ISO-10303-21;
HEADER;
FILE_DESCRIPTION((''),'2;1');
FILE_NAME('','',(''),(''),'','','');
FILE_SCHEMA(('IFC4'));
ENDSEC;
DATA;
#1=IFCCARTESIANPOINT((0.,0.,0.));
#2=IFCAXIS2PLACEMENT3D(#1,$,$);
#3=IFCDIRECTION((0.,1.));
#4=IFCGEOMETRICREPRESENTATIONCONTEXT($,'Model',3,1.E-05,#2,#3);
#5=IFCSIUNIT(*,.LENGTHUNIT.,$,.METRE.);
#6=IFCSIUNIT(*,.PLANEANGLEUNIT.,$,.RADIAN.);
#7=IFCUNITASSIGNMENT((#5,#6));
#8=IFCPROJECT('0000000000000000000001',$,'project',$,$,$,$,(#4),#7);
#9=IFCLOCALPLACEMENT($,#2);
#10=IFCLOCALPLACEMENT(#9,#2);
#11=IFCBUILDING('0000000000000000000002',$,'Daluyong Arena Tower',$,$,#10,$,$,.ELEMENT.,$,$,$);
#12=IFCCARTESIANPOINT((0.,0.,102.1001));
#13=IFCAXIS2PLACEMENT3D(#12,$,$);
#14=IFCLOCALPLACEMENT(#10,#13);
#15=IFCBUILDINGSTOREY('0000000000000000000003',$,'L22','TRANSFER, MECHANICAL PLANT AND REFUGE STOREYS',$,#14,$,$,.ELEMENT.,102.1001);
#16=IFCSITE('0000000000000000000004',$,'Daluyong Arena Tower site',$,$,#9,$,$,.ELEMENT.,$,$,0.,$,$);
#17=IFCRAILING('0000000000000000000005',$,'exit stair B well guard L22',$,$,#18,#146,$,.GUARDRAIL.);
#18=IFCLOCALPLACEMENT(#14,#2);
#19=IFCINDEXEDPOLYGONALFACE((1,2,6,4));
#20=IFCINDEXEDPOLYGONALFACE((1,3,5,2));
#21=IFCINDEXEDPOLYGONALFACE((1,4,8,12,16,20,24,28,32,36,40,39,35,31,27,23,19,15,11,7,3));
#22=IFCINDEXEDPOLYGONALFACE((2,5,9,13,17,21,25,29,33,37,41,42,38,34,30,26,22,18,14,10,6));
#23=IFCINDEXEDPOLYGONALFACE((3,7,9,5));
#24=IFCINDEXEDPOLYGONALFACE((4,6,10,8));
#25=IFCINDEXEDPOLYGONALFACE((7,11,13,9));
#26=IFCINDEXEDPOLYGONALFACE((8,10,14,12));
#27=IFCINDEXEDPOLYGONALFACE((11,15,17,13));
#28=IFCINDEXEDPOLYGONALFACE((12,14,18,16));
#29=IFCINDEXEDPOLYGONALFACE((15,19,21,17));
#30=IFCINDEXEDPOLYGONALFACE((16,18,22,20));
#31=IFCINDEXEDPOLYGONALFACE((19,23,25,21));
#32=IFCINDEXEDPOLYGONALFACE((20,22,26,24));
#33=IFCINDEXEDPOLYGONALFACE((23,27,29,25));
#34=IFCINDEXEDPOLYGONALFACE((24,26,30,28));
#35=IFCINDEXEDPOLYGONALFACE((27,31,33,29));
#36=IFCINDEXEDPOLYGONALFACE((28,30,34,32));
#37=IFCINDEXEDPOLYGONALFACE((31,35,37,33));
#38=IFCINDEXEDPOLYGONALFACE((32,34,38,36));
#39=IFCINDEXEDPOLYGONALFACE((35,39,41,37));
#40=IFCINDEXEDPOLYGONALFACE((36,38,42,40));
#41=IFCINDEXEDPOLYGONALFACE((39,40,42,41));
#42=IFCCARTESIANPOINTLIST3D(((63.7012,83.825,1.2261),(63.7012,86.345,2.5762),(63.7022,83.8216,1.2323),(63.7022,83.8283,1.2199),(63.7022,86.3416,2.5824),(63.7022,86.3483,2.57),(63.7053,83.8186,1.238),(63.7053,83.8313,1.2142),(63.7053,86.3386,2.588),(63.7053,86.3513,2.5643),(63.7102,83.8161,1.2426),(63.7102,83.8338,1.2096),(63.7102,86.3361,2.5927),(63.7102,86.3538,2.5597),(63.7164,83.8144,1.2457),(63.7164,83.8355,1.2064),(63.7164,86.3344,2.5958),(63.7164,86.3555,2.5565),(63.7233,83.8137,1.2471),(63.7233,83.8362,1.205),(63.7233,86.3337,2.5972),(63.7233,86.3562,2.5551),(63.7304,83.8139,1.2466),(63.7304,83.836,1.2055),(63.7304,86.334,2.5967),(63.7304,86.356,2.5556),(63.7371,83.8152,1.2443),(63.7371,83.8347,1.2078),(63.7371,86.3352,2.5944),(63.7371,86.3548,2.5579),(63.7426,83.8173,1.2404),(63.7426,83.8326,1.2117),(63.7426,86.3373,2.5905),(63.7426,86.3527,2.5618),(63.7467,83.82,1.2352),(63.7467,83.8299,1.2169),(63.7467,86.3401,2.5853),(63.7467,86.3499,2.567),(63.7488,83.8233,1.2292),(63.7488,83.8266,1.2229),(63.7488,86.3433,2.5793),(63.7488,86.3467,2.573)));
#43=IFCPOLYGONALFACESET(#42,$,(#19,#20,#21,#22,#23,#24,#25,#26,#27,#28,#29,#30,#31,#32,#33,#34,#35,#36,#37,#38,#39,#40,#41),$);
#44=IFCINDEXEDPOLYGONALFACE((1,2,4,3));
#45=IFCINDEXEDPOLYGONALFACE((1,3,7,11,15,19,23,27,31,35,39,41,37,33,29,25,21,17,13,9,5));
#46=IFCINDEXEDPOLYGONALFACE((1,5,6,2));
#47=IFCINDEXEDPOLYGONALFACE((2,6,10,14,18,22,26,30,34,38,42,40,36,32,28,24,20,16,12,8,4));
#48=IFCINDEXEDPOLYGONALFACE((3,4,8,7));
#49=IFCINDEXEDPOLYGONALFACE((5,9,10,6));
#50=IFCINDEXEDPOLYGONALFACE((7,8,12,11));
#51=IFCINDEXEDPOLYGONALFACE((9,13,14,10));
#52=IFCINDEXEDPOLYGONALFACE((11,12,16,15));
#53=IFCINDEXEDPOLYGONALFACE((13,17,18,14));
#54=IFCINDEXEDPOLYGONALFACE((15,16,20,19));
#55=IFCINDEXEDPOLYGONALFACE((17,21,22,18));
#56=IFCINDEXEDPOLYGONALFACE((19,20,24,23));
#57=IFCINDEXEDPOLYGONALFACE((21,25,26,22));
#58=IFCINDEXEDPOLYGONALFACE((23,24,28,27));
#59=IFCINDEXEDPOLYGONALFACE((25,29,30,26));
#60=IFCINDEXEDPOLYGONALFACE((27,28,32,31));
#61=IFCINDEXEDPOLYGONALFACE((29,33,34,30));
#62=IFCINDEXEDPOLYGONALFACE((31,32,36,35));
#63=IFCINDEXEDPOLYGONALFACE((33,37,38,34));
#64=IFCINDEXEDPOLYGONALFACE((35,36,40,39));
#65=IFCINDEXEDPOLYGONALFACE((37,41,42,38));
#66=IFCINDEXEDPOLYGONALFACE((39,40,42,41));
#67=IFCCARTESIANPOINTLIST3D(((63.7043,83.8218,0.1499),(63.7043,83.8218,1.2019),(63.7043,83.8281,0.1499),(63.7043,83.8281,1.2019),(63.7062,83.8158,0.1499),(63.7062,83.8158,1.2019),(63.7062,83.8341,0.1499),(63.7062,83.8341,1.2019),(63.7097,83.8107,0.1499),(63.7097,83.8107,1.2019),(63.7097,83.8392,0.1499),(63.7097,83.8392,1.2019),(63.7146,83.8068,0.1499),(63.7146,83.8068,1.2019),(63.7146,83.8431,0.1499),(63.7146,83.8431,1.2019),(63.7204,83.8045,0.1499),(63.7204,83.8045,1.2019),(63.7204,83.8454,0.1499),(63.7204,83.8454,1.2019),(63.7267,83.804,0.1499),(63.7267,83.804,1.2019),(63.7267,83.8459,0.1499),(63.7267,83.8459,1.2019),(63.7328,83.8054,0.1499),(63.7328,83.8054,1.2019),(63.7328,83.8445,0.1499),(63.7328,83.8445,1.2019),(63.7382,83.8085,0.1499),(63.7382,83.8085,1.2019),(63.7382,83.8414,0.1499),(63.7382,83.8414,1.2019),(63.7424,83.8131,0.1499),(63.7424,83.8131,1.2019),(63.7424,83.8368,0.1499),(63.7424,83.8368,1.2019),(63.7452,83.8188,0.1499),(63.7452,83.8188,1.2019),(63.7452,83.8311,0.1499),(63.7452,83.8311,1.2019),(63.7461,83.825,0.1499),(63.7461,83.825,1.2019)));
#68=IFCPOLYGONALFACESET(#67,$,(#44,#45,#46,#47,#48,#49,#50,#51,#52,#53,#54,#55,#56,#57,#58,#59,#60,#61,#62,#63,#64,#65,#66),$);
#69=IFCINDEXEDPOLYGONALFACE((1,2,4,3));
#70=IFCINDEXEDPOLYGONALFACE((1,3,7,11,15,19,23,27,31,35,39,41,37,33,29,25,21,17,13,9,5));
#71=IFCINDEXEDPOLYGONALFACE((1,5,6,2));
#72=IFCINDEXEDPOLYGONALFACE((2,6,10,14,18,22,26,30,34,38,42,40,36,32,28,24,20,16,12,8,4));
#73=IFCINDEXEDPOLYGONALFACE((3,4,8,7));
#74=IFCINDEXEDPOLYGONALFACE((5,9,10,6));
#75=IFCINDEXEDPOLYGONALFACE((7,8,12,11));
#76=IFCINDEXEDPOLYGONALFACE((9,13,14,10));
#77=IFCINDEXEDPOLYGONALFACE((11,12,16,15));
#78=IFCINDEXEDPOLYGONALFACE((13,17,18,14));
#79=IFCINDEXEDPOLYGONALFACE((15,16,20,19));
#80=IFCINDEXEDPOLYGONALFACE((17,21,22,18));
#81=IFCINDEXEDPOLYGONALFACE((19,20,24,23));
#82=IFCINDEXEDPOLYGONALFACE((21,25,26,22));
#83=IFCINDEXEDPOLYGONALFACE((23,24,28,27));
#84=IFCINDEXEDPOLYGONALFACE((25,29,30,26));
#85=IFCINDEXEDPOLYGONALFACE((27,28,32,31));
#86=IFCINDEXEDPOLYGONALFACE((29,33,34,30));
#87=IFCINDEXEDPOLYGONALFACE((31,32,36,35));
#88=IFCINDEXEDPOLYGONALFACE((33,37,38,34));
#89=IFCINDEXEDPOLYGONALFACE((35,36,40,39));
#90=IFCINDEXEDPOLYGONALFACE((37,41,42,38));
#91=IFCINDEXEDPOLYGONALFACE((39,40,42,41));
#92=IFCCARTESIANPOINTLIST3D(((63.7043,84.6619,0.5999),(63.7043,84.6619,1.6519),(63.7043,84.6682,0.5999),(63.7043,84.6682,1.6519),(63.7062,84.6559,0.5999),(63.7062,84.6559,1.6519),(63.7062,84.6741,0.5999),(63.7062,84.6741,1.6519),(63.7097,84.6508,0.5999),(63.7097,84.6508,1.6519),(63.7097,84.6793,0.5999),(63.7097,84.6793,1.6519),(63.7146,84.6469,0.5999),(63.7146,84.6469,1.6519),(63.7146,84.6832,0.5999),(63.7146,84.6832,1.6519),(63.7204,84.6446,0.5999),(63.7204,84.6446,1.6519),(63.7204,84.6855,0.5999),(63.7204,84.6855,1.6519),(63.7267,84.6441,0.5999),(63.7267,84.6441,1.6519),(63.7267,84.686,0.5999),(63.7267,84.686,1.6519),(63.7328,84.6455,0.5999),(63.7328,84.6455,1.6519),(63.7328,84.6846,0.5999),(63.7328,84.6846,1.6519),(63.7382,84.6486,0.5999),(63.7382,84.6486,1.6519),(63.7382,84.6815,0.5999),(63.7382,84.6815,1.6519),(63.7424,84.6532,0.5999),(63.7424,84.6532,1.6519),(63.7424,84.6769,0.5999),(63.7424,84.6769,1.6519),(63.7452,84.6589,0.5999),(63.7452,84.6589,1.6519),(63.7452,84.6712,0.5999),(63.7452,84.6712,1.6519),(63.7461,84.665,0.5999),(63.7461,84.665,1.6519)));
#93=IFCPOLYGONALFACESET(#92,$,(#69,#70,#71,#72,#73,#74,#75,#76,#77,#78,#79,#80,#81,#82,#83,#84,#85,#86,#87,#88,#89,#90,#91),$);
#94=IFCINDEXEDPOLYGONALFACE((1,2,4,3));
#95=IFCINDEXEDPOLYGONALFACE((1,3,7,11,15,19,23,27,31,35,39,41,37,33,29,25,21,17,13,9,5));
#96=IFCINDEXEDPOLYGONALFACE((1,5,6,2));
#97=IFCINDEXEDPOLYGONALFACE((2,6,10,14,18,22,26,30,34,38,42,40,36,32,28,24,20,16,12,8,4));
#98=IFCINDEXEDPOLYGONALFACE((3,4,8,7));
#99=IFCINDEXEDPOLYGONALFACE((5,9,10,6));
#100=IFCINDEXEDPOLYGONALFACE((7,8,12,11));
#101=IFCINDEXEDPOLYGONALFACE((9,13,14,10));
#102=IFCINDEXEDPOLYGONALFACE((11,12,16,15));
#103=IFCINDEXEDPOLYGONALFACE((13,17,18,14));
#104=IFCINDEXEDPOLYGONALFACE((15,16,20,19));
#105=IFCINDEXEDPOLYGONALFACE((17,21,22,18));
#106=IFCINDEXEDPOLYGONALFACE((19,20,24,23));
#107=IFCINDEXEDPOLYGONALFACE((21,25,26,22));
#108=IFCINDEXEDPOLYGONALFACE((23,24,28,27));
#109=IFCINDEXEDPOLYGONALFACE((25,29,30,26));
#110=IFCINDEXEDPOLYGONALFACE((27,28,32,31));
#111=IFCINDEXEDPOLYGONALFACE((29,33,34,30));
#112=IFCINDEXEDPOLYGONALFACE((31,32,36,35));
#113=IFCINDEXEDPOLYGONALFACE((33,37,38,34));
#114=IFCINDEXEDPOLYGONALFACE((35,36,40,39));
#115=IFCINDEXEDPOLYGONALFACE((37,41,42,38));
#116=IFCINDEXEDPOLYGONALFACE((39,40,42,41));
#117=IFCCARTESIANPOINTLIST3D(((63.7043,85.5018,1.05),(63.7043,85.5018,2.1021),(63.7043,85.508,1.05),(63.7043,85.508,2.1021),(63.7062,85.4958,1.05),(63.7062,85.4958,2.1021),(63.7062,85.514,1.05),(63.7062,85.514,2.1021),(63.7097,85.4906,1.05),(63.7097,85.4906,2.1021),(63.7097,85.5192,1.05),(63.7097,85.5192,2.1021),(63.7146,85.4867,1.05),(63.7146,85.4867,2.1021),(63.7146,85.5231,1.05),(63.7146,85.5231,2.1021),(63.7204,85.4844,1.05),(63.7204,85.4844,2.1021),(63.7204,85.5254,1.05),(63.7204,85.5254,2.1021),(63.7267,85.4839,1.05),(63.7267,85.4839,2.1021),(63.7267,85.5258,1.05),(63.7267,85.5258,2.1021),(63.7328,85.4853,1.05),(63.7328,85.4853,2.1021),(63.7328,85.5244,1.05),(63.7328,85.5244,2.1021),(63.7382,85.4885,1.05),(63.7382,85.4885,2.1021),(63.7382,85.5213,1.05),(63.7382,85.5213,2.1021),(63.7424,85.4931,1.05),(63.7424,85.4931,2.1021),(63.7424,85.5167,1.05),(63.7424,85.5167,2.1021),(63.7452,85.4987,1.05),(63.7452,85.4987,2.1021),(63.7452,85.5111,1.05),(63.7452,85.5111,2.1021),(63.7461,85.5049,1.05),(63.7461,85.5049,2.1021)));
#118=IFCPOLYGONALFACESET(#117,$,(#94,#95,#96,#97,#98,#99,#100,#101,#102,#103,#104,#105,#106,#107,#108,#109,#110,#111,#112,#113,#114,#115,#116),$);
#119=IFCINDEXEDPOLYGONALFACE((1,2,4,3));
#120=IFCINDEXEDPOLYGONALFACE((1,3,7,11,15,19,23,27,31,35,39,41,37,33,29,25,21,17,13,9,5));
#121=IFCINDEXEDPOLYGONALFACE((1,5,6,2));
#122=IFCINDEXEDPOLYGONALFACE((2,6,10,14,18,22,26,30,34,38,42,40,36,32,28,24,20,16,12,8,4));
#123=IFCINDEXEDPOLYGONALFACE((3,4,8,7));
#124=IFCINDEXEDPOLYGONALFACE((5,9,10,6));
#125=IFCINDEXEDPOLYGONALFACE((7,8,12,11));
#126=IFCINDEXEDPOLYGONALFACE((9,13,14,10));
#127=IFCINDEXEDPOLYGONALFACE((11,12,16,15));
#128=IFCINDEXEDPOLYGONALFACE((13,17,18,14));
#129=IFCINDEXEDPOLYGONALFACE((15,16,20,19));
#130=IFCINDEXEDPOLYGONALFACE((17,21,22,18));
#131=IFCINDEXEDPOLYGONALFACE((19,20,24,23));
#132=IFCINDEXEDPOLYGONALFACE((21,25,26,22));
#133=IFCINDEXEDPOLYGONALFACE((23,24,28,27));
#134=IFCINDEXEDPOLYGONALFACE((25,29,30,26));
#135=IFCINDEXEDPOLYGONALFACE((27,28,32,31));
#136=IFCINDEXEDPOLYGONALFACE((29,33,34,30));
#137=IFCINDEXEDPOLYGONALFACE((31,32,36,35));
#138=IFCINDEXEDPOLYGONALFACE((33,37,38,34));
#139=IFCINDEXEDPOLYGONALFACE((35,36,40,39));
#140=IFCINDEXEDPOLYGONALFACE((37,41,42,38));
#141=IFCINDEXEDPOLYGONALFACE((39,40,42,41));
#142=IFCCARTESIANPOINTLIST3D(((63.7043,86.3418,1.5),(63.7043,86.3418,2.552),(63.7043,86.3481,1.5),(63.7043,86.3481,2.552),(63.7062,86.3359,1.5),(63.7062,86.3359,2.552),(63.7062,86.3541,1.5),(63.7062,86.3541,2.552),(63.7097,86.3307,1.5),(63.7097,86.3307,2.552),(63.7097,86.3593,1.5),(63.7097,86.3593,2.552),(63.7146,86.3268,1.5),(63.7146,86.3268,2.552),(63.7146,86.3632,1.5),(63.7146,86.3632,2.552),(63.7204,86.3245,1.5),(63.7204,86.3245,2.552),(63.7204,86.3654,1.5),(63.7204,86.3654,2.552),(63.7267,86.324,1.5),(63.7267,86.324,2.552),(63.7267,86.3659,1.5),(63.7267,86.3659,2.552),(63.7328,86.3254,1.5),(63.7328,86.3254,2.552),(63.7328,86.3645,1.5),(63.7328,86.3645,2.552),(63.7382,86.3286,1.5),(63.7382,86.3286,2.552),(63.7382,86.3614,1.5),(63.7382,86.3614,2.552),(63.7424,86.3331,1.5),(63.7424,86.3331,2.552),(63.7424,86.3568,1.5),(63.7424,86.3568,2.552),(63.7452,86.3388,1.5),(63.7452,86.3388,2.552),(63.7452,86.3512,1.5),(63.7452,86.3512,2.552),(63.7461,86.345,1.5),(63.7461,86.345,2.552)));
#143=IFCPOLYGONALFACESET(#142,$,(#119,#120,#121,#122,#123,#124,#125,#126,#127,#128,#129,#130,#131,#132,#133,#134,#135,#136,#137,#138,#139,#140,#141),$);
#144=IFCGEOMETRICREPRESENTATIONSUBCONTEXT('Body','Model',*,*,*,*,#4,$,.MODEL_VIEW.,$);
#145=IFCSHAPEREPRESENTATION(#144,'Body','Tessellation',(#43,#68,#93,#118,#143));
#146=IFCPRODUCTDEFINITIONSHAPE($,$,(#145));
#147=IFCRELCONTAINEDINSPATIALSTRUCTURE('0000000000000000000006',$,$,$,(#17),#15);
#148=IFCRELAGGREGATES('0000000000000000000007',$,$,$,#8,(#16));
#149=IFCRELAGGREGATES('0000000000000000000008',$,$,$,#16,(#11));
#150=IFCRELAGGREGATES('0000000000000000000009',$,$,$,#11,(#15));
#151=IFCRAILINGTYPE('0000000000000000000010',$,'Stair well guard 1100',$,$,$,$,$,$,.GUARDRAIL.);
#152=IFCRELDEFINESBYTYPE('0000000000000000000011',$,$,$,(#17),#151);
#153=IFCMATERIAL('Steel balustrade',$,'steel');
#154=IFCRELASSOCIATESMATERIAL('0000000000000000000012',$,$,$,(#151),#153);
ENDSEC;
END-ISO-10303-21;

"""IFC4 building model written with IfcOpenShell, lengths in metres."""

from ifc_helpers import new_model, si_unit, direction, frame, origin, origin_2d, place, context, subcontext, project, spatial, circle, extrude, material, type_object, element, save


model = new_model("IFC4")

# Units and contexts
model_context = context("Model", 3, precision=1e-05, world=origin(), true_north=direction((0.0, 1.0)))
body_context = subcontext(model_context, "Body", "Model", "MODEL_VIEW")
ifc_project = project(units=[si_unit("LENGTHUNIT", "METRE"), si_unit("PLANEANGLEUNIT", "RADIAN")], contexts=[model_context])

# Site, building, storey
site_placement = place(None, origin())
site = spatial("IfcSite", under=ifc_project, at=site_placement, Name="Daluyong Arena Tower site", CompositionType="ELEMENT", RefElevation=0.0)
building_placement = place(site_placement, origin())
building = spatial("IfcBuilding", under=site, at=building_placement, Name="Daluyong Arena Tower", CompositionType="ELEMENT")
storey_placement = place(building_placement, frame((0.0, 0.0, 102.1001)))
storey = spatial("IfcBuildingStorey", under=building, at=storey_placement, Name="L22", Description="TRANSFER, MECHANICAL PLANT AND REFUGE STOREYS", CompositionType="ELEMENT", Elevation=102.1001)

# Railing
ifc_material_1 = material(Name="Steel balustrade", Category="steel")
railing_type_1 = type_object("IfcRailingType", Name="Stair well guard 1100", PredefinedType="GUARDRAIL", material=ifc_material_1)
for number, where, name in (
    (1, (63.7251, 83.825, 0.1499), "exit stair B well guard L22"),
):
    element("IfcRailing", number, at=place(storey_placement, frame(where)), inside=storey, type_object=railing_type_1, Name=name, PredefinedType="GUARDRAIL", context=body_context, shape_type="SweptSolid", body=[
        extrude(circle(Radius=0.0239, at=origin_2d()), frame((0.0, 0.0, 1.0762), z_axis=(0.0, 0.881467, 0.472245), x_axis=(-1.0, 0.0, 0.0)), (0.0, 0.0, 1.0), 2.8589),
        extrude(circle(Radius=0.021, at=origin_2d()), origin(), (0.0, 0.0, 1.0), 1.052),
        extrude(circle(Radius=0.021, at=origin_2d()), frame((0.0, 0.8401, 0.45)), (0.0, 0.0, 1.0), 1.052),
        extrude(circle(Radius=0.021, at=origin_2d()), frame((0.0, 1.6799, 0.9001)), (0.0, 0.0, 1.0), 1.052),
        extrude(circle(Radius=0.021, at=origin_2d()), frame((0.0, 2.52, 1.3501)), (0.0, 0.0, 1.0), 1.052),
    ])

save(model, "model.ifc")
